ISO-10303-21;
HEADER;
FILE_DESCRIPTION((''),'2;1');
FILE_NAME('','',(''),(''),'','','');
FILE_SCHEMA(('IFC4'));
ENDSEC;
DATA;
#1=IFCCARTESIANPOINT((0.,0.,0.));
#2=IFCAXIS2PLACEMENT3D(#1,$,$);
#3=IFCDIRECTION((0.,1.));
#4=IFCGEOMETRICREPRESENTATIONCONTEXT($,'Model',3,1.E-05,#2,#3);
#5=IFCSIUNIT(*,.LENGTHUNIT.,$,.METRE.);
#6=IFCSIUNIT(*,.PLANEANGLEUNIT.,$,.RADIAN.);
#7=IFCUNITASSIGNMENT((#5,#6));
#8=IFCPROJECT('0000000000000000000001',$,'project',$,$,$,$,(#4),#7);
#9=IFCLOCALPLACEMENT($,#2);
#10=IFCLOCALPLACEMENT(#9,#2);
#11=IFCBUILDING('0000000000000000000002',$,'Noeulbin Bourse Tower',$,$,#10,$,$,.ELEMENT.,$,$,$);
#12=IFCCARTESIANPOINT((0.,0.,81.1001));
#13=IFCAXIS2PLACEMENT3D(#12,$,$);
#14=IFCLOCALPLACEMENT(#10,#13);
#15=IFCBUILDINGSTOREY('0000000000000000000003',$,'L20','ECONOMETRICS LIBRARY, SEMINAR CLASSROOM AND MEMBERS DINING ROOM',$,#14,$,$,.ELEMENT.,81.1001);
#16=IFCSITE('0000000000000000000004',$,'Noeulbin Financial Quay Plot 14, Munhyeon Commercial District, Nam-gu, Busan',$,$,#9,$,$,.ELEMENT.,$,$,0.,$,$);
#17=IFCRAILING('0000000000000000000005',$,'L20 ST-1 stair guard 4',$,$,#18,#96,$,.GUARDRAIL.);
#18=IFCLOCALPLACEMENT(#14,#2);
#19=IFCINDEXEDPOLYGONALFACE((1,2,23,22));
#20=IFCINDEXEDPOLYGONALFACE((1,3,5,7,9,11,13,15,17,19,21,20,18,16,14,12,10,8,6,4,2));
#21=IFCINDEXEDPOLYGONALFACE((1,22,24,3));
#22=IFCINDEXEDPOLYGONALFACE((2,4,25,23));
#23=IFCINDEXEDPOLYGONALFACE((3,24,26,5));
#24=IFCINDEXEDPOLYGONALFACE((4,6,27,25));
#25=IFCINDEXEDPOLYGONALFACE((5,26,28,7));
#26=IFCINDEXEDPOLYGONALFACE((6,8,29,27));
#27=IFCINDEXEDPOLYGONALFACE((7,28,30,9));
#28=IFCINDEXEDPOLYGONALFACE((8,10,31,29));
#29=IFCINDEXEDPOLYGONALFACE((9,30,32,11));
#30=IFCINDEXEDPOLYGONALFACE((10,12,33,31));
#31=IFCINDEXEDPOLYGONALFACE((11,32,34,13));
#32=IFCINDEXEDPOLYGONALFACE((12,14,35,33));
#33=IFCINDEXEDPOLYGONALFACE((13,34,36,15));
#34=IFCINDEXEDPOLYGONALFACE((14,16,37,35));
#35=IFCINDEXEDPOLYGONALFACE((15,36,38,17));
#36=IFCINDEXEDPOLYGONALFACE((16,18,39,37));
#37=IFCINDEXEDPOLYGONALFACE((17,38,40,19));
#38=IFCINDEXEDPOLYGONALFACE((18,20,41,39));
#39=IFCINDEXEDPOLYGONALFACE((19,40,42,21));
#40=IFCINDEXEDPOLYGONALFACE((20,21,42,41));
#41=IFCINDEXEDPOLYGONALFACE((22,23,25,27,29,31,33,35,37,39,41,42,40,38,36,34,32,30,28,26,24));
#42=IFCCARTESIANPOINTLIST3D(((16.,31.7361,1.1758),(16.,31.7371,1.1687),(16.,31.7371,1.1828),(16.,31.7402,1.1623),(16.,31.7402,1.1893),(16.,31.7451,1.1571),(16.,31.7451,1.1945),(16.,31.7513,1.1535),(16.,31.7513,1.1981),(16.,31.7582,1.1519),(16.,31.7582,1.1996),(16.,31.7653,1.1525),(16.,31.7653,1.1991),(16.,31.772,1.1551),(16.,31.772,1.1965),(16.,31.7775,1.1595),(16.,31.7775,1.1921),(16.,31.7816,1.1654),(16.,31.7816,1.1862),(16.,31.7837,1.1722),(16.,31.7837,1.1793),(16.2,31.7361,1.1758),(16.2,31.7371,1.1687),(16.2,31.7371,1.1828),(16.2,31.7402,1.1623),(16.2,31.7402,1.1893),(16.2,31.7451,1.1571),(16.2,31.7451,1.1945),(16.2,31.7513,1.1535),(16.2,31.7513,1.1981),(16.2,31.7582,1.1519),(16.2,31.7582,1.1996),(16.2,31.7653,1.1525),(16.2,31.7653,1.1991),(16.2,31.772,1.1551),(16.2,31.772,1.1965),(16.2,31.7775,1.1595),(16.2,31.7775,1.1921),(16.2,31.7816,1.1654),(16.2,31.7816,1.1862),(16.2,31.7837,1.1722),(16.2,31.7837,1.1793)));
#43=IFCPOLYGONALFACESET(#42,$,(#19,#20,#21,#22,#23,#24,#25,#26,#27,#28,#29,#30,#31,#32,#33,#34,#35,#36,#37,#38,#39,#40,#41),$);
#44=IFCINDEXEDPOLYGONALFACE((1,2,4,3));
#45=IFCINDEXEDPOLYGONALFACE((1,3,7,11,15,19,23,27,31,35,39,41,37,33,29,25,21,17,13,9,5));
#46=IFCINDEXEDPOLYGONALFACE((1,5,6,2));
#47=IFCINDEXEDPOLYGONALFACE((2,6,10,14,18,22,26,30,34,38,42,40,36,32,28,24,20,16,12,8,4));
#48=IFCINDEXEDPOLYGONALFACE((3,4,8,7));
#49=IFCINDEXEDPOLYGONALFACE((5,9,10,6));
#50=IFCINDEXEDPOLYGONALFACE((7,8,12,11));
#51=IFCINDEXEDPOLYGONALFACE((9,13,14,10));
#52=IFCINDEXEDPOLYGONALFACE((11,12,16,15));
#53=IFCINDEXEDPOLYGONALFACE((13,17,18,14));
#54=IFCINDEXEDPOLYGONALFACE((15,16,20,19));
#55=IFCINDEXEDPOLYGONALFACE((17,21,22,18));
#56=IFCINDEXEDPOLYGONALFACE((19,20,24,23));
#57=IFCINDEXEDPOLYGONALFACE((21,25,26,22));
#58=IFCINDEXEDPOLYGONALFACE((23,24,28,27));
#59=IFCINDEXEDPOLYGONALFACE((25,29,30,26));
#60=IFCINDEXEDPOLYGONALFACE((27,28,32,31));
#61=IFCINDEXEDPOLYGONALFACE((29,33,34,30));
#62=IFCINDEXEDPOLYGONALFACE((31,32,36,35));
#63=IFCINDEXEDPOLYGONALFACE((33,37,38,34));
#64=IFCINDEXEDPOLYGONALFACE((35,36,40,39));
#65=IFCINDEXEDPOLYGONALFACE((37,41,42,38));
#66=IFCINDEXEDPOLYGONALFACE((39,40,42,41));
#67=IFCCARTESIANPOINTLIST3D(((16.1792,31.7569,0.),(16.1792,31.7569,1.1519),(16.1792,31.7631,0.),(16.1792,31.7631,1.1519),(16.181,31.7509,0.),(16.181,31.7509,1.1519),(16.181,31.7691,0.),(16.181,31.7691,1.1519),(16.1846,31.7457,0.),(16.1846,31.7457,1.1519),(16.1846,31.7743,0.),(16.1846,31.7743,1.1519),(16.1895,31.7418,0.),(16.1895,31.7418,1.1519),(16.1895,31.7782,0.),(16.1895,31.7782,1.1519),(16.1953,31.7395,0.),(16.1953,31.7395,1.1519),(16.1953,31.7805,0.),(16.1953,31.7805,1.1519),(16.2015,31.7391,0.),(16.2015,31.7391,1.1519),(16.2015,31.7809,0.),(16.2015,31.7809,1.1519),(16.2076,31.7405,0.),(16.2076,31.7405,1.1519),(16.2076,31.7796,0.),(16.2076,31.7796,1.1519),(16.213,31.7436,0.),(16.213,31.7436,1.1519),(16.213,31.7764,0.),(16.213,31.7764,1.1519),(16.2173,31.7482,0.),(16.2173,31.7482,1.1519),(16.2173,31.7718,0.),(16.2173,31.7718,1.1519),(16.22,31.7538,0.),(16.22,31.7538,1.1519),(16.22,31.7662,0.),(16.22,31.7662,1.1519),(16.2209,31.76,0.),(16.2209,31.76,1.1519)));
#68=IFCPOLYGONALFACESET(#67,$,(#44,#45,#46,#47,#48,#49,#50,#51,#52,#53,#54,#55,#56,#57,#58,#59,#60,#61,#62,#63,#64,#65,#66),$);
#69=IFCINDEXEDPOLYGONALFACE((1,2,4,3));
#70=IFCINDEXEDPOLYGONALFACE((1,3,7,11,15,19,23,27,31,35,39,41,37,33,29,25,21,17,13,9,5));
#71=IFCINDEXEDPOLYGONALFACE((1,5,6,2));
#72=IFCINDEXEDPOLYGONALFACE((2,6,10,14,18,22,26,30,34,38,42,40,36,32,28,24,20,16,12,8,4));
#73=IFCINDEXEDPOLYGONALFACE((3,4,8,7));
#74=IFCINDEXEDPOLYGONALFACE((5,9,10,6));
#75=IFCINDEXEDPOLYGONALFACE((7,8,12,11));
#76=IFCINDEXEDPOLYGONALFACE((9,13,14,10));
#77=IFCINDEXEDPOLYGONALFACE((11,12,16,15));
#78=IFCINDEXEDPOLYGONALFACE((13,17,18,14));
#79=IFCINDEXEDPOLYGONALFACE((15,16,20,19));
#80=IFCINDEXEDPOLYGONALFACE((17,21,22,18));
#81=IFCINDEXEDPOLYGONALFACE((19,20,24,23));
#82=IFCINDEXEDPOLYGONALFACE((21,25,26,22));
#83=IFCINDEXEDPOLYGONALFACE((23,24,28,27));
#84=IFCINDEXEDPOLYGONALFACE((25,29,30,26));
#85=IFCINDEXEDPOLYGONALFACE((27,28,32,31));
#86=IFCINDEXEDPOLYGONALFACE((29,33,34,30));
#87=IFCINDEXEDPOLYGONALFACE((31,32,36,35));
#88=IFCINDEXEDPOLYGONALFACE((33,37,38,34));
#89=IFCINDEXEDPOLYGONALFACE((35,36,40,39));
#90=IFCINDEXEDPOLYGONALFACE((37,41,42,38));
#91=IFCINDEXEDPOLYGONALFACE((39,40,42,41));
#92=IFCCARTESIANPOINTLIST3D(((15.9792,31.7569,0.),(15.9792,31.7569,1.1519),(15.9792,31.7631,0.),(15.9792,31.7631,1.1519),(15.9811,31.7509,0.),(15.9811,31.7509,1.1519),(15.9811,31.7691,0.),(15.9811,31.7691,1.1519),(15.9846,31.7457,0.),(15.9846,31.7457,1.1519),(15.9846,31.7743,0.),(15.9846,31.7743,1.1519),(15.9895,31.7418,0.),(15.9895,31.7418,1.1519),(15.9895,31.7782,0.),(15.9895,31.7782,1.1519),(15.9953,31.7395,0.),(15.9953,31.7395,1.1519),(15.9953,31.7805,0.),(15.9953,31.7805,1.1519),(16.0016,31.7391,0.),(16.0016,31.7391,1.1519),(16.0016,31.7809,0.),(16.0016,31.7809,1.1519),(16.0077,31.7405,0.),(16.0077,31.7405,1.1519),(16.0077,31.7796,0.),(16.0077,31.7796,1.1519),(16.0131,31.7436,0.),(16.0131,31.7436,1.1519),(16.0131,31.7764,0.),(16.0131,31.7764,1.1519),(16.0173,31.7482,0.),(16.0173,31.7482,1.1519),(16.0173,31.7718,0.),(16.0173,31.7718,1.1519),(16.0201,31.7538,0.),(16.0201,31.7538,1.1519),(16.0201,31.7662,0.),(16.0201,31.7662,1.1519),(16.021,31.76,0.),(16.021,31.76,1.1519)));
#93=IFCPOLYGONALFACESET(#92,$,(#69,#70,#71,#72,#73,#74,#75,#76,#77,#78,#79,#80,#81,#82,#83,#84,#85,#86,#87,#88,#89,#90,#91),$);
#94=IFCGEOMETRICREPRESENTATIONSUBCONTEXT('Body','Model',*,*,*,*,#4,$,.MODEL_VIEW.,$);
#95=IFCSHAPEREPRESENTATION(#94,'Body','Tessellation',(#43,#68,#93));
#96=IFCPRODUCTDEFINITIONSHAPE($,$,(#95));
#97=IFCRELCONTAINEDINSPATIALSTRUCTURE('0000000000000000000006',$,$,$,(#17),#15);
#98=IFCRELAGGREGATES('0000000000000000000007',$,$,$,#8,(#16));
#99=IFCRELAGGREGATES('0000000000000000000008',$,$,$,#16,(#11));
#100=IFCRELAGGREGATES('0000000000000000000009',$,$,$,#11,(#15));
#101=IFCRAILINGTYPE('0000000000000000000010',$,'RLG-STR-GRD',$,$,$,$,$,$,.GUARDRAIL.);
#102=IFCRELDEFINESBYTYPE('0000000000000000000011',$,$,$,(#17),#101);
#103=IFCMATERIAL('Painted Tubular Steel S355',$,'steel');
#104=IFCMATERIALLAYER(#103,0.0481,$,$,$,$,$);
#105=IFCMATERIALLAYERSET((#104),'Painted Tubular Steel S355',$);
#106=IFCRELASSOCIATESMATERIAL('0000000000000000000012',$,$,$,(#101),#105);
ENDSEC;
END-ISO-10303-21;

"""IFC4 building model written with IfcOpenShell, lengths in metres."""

from ifc_helpers import new_model, si_unit, direction, frame, origin, origin_2d, place, context, subcontext, project, spatial, circle, extrude, material, layer, layer_set, type_object, element, save


model = new_model("IFC4")

# Units and contexts
model_context = context("Model", 3, precision=1e-05, world=origin(), true_north=direction((0.0, 1.0)))
body_context = subcontext(model_context, "Body", "Model", "MODEL_VIEW")
ifc_project = project(units=[si_unit("LENGTHUNIT", "METRE"), si_unit("PLANEANGLEUNIT", "RADIAN")], contexts=[model_context])

# Site, building, storey
site_placement = place(None, origin())
site = spatial("IfcSite", under=ifc_project, at=site_placement, Name="Noeulbin Financial Quay Plot 14, Munhyeon Commercial District, Nam-gu, Busan", CompositionType="ELEMENT", RefElevation=0.0)
building_placement = place(site_placement, origin())
building = spatial("IfcBuilding", under=site, at=building_placement, Name="Noeulbin Bourse Tower", CompositionType="ELEMENT")
storey_placement = place(building_placement, frame((0.0, 0.0, 81.1001)))
storey = spatial("IfcBuildingStorey", under=building, at=storey_placement, Name="L20", Description="ECONOMETRICS LIBRARY, SEMINAR CLASSROOM AND MEMBERS DINING ROOM", CompositionType="ELEMENT", Elevation=81.1001)

# Railing
ifc_material_1 = material(Name="Painted Tubular Steel S355", Category="steel")
ifc_layer_1 = layer(ifc_material_1, 0.0481)
ifc_layer_set_1 = layer_set([ifc_layer_1], Name="Painted Tubular Steel S355")
railing_type_1 = type_object("IfcRailingType", Name="RLG-STR-GRD", PredefinedType="GUARDRAIL", material=ifc_layer_set_1)
railing_1_placement = place(storey_placement, frame((16.2, 31.76, 0.0)))
element("IfcRailing", 1, at=railing_1_placement, inside=storey, type_object=railing_type_1, Name="L20 ST-1 stair guard 4", PredefinedType="GUARDRAIL", context=body_context, shape_type="SweptSolid", body=[
    extrude(circle(Radius=0.0239, at=origin_2d()), frame((0.0, 0.0, 1.1758), z_axis=(-1.0, 0.0, 0.0), x_axis=(0.0, -1.0, 0.0)), (0.0, 0.0, 1.0), 0.2),
    extrude(circle(Radius=0.021, at=origin_2d()), origin(), (0.0, 0.0, 1.0), 1.1519),
    extrude(circle(Radius=0.021, at=origin_2d()), frame((-0.2, 0.0, 0.0)), (0.0, 0.0, 1.0), 1.1519),
])

save(model, "model.ifc")
